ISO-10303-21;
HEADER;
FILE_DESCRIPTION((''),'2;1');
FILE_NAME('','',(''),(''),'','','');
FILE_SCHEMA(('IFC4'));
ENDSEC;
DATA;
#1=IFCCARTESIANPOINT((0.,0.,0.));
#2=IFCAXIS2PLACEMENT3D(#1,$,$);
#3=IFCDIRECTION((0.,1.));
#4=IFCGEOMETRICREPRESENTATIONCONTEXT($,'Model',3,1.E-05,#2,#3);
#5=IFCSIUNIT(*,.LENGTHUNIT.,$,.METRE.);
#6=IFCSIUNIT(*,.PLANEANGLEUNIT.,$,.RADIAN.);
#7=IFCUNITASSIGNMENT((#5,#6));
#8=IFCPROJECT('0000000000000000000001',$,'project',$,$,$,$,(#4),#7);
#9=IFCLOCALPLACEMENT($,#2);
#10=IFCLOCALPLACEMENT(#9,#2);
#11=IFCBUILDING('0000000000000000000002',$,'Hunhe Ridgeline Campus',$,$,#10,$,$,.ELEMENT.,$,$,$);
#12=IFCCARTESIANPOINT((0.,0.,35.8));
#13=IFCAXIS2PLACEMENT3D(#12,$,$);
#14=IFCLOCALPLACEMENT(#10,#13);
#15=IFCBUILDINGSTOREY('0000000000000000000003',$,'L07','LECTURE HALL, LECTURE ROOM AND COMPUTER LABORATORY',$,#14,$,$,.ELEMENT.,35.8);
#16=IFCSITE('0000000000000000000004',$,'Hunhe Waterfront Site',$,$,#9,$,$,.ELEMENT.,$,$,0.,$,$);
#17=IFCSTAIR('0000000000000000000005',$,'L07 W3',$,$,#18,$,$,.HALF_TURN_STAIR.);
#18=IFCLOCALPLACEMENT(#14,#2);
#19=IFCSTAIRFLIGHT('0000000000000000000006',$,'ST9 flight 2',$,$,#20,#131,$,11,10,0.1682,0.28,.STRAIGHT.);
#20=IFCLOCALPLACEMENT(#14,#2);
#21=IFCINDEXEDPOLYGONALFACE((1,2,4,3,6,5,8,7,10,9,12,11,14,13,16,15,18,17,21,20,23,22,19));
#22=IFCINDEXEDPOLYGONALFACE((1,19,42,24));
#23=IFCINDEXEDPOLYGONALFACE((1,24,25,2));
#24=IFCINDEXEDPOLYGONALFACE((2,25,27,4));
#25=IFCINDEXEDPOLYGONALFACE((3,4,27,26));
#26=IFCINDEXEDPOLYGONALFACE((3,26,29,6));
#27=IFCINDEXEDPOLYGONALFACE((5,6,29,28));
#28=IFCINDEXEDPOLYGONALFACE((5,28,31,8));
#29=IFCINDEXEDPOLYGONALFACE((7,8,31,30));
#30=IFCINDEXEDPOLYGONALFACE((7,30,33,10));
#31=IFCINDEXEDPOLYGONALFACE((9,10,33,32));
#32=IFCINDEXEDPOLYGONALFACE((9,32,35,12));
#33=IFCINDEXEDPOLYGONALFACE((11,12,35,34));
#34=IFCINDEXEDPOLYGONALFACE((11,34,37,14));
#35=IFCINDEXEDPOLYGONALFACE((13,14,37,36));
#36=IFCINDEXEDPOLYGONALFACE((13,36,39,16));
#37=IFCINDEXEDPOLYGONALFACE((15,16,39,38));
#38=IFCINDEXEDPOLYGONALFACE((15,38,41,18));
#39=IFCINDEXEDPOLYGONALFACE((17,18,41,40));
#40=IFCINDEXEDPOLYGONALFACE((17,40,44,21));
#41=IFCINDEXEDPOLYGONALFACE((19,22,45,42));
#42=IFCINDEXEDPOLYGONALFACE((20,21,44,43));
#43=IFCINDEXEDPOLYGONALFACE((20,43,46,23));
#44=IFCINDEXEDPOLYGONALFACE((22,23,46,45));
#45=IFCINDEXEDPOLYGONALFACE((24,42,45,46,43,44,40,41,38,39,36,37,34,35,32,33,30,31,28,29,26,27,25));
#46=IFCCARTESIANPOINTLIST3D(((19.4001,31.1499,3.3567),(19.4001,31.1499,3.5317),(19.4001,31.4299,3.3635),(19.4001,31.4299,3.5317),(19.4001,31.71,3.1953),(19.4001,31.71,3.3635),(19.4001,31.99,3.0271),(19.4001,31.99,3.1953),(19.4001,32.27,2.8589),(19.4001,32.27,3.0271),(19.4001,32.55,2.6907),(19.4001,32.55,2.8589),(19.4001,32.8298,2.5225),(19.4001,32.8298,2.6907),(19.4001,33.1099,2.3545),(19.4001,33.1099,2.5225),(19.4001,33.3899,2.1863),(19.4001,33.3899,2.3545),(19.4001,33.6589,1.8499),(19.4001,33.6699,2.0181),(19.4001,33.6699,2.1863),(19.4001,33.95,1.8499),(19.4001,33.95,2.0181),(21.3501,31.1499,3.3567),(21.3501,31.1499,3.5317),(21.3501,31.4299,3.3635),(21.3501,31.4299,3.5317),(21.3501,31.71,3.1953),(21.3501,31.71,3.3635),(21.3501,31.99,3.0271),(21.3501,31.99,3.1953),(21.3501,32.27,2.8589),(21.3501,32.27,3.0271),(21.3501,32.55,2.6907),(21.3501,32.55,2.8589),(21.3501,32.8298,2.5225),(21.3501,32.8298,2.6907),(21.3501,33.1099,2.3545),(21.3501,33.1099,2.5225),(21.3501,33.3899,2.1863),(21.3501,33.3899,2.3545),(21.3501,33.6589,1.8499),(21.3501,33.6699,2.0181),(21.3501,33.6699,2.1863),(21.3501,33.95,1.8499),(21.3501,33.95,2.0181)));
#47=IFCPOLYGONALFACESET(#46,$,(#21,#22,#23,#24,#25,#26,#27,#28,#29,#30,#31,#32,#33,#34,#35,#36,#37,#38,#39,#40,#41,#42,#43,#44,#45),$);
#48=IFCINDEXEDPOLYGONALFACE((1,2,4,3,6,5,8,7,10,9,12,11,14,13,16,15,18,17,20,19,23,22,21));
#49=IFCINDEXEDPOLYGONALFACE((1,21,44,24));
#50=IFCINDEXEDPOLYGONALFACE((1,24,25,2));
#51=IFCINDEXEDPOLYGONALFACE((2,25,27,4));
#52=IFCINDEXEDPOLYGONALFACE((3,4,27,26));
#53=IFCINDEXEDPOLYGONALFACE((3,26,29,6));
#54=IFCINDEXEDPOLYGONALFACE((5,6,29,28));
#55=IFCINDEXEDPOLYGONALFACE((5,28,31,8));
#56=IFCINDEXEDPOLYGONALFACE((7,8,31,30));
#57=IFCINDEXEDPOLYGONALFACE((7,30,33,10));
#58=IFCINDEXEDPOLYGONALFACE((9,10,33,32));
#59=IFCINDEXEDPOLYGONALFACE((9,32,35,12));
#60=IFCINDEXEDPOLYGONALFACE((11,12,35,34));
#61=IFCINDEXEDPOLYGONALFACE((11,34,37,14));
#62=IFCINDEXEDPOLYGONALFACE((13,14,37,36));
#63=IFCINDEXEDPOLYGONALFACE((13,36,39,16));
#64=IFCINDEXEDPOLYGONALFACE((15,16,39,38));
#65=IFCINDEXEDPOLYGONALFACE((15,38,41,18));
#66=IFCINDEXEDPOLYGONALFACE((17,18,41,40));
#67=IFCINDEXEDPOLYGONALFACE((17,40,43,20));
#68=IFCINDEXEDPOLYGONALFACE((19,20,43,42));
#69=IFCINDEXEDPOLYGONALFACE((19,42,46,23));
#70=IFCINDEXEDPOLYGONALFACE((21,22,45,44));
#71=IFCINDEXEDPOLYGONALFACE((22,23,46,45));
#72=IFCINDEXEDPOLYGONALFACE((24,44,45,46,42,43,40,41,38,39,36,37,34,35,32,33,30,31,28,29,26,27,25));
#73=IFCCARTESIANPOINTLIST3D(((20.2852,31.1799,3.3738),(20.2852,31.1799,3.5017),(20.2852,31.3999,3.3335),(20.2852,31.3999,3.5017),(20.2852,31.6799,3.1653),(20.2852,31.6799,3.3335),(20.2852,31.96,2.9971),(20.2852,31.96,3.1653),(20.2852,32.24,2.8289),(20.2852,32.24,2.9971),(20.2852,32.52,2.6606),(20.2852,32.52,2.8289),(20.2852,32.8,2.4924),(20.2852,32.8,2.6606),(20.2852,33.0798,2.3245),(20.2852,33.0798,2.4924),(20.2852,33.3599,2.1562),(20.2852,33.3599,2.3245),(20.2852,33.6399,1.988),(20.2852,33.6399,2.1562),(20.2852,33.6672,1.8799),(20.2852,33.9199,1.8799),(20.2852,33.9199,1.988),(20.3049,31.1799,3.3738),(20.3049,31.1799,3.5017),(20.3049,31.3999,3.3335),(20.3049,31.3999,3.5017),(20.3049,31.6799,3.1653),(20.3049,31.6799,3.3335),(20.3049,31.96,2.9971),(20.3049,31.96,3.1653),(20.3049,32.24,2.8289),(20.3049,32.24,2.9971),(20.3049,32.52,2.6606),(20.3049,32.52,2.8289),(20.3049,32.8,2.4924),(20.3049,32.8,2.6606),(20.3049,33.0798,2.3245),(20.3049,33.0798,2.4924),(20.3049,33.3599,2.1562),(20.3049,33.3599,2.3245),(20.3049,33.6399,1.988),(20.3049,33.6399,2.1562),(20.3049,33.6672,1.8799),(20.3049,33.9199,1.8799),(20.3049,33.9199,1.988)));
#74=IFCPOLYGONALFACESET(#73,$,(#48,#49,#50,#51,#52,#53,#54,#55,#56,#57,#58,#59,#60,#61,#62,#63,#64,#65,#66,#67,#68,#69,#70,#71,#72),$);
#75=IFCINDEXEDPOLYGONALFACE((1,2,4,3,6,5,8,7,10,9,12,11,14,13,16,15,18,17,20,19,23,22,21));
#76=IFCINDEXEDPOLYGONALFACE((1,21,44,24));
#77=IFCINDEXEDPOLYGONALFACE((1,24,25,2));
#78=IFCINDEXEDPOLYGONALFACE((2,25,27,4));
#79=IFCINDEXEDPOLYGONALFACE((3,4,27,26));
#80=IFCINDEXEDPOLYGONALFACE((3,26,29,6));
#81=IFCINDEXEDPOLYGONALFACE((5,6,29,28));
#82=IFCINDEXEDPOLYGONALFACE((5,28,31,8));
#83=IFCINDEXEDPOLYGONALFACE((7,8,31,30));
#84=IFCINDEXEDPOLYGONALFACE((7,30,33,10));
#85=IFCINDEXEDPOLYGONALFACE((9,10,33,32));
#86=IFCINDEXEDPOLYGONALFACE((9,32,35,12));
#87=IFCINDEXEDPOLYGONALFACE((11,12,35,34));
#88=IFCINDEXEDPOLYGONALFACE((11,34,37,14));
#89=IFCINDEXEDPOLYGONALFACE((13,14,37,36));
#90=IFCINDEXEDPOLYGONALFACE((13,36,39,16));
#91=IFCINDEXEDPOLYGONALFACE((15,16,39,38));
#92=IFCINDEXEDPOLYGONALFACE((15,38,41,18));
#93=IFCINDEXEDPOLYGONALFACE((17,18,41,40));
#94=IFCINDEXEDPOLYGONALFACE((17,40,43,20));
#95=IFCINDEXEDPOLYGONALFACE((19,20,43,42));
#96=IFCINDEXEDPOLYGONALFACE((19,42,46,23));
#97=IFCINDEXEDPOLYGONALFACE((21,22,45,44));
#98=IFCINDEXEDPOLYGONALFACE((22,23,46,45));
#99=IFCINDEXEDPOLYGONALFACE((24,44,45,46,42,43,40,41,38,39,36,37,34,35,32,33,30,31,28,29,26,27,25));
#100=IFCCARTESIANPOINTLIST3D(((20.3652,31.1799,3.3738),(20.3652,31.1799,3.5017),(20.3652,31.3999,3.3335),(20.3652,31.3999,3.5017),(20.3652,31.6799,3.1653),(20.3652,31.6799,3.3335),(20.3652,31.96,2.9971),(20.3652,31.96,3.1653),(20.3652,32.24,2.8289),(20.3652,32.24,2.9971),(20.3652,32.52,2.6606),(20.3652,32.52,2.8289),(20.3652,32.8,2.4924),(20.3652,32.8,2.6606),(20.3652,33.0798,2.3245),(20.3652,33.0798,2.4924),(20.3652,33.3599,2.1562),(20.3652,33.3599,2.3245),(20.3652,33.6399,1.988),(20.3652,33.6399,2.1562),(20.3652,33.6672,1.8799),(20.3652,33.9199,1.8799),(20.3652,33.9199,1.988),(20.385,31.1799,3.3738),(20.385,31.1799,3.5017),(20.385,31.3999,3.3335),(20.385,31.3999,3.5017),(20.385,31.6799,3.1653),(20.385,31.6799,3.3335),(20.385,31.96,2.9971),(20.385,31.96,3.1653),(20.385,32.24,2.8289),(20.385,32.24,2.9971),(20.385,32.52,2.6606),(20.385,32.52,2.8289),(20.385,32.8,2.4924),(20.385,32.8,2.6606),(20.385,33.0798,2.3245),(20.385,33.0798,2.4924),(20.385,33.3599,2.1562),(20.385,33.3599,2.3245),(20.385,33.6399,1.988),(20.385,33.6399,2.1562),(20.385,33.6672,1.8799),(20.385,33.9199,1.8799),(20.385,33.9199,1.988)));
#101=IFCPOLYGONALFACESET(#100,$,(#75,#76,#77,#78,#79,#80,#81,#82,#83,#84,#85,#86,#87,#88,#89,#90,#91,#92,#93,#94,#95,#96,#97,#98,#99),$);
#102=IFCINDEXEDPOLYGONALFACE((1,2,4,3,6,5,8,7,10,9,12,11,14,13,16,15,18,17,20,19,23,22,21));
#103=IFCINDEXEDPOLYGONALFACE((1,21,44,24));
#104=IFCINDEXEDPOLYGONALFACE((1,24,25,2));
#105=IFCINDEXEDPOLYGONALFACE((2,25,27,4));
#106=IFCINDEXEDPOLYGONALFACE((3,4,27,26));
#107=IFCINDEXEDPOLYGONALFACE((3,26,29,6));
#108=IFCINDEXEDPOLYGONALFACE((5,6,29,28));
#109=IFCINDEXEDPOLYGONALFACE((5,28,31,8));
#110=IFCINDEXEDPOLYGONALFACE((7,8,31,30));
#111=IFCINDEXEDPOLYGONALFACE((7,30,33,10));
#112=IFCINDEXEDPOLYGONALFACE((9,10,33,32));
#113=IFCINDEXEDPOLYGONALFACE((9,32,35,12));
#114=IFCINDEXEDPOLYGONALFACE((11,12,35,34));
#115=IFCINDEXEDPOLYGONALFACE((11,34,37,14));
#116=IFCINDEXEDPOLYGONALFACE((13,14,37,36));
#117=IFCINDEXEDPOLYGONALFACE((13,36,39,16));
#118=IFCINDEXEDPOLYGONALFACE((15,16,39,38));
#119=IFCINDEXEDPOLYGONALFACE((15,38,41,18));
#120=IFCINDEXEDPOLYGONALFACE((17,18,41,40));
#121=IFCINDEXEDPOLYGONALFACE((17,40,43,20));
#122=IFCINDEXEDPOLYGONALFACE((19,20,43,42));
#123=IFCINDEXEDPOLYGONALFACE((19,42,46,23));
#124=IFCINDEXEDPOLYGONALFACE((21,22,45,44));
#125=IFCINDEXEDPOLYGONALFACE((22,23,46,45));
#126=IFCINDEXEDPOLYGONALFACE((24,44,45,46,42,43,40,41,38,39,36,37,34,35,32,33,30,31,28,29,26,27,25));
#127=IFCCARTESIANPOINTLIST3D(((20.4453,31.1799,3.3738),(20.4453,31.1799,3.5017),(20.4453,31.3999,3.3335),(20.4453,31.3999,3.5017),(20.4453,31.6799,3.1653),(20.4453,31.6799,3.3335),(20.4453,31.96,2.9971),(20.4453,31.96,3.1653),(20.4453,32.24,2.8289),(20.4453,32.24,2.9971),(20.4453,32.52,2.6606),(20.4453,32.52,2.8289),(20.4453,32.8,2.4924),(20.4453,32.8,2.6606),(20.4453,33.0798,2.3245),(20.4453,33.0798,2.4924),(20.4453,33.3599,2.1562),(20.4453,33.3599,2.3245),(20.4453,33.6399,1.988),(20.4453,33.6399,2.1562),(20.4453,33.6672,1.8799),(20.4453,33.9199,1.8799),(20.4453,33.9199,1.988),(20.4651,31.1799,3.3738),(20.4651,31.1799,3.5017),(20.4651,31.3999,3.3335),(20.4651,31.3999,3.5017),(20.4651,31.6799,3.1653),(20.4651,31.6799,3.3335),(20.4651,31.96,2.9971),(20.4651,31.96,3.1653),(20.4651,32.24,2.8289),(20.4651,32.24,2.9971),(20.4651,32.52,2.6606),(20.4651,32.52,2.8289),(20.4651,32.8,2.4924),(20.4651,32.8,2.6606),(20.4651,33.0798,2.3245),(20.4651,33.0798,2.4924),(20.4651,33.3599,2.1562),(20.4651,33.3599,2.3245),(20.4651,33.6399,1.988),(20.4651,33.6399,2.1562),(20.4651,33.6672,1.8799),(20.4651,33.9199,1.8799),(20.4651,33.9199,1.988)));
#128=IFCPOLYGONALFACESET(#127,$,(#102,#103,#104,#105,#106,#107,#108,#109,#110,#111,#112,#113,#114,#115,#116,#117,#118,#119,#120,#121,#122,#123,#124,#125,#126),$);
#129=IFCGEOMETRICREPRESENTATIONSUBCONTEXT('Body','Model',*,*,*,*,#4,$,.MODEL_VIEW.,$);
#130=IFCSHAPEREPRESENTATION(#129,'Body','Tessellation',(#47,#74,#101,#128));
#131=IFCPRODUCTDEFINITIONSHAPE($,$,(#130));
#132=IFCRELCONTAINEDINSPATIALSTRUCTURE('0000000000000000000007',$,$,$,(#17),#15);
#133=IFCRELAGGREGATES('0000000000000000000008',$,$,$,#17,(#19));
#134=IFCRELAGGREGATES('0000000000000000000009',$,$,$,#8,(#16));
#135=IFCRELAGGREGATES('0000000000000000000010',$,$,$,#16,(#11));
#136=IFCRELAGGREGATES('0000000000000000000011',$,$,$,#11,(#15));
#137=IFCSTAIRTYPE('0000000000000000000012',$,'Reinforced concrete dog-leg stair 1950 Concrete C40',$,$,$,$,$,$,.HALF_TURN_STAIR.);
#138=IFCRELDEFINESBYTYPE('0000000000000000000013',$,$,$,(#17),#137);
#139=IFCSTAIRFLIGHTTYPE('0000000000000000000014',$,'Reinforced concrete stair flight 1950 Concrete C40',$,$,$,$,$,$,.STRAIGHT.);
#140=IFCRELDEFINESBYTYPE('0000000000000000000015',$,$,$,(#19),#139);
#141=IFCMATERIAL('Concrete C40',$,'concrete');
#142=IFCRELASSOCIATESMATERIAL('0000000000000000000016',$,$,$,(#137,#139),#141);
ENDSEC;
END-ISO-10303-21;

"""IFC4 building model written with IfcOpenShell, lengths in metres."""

from ifc_helpers import new_model, si_unit, direction, frame, origin, place, context, subcontext, project, spatial, polyline, outline, extrude, material, type_object, element, aggregate, save


model = new_model("IFC4")

# Units and contexts
model_context = context("Model", 3, precision=1e-05, world=origin(), true_north=direction((0.0, 1.0)))
body_context = subcontext(model_context, "Body", "Model", "MODEL_VIEW")
ifc_project = project(units=[si_unit("LENGTHUNIT", "METRE"), si_unit("PLANEANGLEUNIT", "RADIAN")], contexts=[model_context])

# Site, building, storey
site_placement = place(None, origin())
site = spatial("IfcSite", under=ifc_project, at=site_placement, Name="Hunhe Waterfront Site", CompositionType="ELEMENT", RefElevation=0.0)
building_placement = place(site_placement, origin())
building = spatial("IfcBuilding", under=site, at=building_placement, Name="Hunhe Ridgeline Campus", CompositionType="ELEMENT")
storey_placement = place(building_placement, frame((0.0, 0.0, 35.8)))
storey = spatial("IfcBuildingStorey", under=building, at=storey_placement, Name="L07", Description="LECTURE HALL, LECTURE ROOM AND COMPUTER LABORATORY", CompositionType="ELEMENT", Elevation=35.8)

# Stair, stair flight
ifc_material_1 = material(Name="Concrete C40", Category="concrete")
stair_type = type_object("IfcStairType", Name="Reinforced concrete dog-leg stair 1950 Concrete C40", PredefinedType="HALF_TURN_STAIR", material=ifc_material_1)
stair_placement = place(storey_placement, origin())
stair = element("IfcStair", 1, at=stair_placement, inside=storey, type_object=stair_type, Name="L07 W3", PredefinedType="HALF_TURN_STAIR")
stair_flight_type = type_object("IfcStairFlightType", Name="Reinforced concrete stair flight 1950 Concrete C40", PredefinedType="STRAIGHT", material=ifc_material_1)
stair_flight_1_placement = place(storey_placement, frame((20.375, 33.95, 1.8499), z_axis=(0.0, 0.0, 1.0), x_axis=(0.0, -1.0, 0.0)))
stair_flight_1 = element("IfcStairFlight", 2, at=stair_flight_1_placement, type_object=stair_flight_type, Name="ST9 flight 2", NumberOfRisers=11, NumberOfTreads=10, PredefinedType="STRAIGHT", RiserHeight=0.1682, TreadLength=0.28, context=body_context, shape_type="SweptSolid", body=[
    extrude(outline(polyline([(0.0, 0.0), (0.0, 0.1682), (0.28, 0.1682), (0.28, 0.3364), (0.5601, 0.3364), (0.5601, 0.5046), (0.8401, 0.5046), (0.8401, 0.6726), (1.1201, 0.6726), (1.1201, 0.8408), (1.3999, 0.8408), (1.3999, 1.009), (1.6799, 1.009), (1.6799, 1.1772), (1.96, 1.1772), (1.96, 1.3455), (2.24, 1.3455), (2.24, 1.5137), (2.52, 1.5137), (2.52, 1.6819), (2.8, 1.6819), (2.8, 1.8501), (2.8, 1.5068), (0.291, 0.0), (0.0, 0.0)])), frame((0.0, 0.9751, 0.0), z_axis=(0.0, -1.0, 0.0), x_axis=(1.0, 0.0, 0.0)), (0.0, 0.0, 1.0), 1.95),
    extrude(outline(polyline([(0.03, 0.03), (0.03, 0.1382), (0.3101, 0.1382), (0.3101, 0.3064), (0.5901, 0.3064), (0.5901, 0.4746), (0.8701, 0.4746), (0.8701, 0.6426), (1.1499, 0.6426), (1.1499, 0.8108), (1.4299, 0.8108), (1.4299, 0.979), (1.71, 0.979), (1.71, 1.1472), (1.99, 1.1472), (1.99, 1.3154), (2.27, 1.3154), (2.27, 1.4836), (2.55, 1.4836), (2.55, 1.6519), (2.77, 1.6519), (2.77, 1.5239), (0.2827, 0.03), (0.03, 0.03)])), frame((0.0, -0.0701, 0.0), z_axis=(0.0, -1.0, 0.0), x_axis=(1.0, 0.0, 0.0)), (0.0, 0.0, 1.0), 0.0198),
    extrude(outline(polyline([(0.03, 0.03), (0.03, 0.1382), (0.3101, 0.1382), (0.3101, 0.3064), (0.5901, 0.3064), (0.5901, 0.4746), (0.8701, 0.4746), (0.8701, 0.6426), (1.1499, 0.6426), (1.1499, 0.8108), (1.4299, 0.8108), (1.4299, 0.979), (1.71, 0.979), (1.71, 1.1472), (1.99, 1.1472), (1.99, 1.3154), (2.27, 1.3154), (2.27, 1.4836), (2.55, 1.4836), (2.55, 1.6519), (2.77, 1.6519), (2.77, 1.5239), (0.2827, 0.03), (0.03, 0.03)])), frame((0.0, 0.01, 0.0), z_axis=(0.0, -1.0, 0.0), x_axis=(1.0, 0.0, 0.0)), (0.0, 0.0, 1.0), 0.0198),
    extrude(outline(polyline([(0.03, 0.03), (0.03, 0.1382), (0.3101, 0.1382), (0.3101, 0.3064), (0.5901, 0.3064), (0.5901, 0.4746), (0.8701, 0.4746), (0.8701, 0.6426), (1.1499, 0.6426), (1.1499, 0.8108), (1.4299, 0.8108), (1.4299, 0.979), (1.71, 0.979), (1.71, 1.1472), (1.99, 1.1472), (1.99, 1.3154), (2.27, 1.3154), (2.27, 1.4836), (2.55, 1.4836), (2.55, 1.6519), (2.77, 1.6519), (2.77, 1.5239), (0.2827, 0.03), (0.03, 0.03)])), frame((0.0, 0.0901, 0.0), z_axis=(0.0, -1.0, 0.0), x_axis=(1.0, 0.0, 0.0)), (0.0, 0.0, 1.0), 0.0198),
])
aggregate(stair, [stair_flight_1])

save(model, "model.ifc")
